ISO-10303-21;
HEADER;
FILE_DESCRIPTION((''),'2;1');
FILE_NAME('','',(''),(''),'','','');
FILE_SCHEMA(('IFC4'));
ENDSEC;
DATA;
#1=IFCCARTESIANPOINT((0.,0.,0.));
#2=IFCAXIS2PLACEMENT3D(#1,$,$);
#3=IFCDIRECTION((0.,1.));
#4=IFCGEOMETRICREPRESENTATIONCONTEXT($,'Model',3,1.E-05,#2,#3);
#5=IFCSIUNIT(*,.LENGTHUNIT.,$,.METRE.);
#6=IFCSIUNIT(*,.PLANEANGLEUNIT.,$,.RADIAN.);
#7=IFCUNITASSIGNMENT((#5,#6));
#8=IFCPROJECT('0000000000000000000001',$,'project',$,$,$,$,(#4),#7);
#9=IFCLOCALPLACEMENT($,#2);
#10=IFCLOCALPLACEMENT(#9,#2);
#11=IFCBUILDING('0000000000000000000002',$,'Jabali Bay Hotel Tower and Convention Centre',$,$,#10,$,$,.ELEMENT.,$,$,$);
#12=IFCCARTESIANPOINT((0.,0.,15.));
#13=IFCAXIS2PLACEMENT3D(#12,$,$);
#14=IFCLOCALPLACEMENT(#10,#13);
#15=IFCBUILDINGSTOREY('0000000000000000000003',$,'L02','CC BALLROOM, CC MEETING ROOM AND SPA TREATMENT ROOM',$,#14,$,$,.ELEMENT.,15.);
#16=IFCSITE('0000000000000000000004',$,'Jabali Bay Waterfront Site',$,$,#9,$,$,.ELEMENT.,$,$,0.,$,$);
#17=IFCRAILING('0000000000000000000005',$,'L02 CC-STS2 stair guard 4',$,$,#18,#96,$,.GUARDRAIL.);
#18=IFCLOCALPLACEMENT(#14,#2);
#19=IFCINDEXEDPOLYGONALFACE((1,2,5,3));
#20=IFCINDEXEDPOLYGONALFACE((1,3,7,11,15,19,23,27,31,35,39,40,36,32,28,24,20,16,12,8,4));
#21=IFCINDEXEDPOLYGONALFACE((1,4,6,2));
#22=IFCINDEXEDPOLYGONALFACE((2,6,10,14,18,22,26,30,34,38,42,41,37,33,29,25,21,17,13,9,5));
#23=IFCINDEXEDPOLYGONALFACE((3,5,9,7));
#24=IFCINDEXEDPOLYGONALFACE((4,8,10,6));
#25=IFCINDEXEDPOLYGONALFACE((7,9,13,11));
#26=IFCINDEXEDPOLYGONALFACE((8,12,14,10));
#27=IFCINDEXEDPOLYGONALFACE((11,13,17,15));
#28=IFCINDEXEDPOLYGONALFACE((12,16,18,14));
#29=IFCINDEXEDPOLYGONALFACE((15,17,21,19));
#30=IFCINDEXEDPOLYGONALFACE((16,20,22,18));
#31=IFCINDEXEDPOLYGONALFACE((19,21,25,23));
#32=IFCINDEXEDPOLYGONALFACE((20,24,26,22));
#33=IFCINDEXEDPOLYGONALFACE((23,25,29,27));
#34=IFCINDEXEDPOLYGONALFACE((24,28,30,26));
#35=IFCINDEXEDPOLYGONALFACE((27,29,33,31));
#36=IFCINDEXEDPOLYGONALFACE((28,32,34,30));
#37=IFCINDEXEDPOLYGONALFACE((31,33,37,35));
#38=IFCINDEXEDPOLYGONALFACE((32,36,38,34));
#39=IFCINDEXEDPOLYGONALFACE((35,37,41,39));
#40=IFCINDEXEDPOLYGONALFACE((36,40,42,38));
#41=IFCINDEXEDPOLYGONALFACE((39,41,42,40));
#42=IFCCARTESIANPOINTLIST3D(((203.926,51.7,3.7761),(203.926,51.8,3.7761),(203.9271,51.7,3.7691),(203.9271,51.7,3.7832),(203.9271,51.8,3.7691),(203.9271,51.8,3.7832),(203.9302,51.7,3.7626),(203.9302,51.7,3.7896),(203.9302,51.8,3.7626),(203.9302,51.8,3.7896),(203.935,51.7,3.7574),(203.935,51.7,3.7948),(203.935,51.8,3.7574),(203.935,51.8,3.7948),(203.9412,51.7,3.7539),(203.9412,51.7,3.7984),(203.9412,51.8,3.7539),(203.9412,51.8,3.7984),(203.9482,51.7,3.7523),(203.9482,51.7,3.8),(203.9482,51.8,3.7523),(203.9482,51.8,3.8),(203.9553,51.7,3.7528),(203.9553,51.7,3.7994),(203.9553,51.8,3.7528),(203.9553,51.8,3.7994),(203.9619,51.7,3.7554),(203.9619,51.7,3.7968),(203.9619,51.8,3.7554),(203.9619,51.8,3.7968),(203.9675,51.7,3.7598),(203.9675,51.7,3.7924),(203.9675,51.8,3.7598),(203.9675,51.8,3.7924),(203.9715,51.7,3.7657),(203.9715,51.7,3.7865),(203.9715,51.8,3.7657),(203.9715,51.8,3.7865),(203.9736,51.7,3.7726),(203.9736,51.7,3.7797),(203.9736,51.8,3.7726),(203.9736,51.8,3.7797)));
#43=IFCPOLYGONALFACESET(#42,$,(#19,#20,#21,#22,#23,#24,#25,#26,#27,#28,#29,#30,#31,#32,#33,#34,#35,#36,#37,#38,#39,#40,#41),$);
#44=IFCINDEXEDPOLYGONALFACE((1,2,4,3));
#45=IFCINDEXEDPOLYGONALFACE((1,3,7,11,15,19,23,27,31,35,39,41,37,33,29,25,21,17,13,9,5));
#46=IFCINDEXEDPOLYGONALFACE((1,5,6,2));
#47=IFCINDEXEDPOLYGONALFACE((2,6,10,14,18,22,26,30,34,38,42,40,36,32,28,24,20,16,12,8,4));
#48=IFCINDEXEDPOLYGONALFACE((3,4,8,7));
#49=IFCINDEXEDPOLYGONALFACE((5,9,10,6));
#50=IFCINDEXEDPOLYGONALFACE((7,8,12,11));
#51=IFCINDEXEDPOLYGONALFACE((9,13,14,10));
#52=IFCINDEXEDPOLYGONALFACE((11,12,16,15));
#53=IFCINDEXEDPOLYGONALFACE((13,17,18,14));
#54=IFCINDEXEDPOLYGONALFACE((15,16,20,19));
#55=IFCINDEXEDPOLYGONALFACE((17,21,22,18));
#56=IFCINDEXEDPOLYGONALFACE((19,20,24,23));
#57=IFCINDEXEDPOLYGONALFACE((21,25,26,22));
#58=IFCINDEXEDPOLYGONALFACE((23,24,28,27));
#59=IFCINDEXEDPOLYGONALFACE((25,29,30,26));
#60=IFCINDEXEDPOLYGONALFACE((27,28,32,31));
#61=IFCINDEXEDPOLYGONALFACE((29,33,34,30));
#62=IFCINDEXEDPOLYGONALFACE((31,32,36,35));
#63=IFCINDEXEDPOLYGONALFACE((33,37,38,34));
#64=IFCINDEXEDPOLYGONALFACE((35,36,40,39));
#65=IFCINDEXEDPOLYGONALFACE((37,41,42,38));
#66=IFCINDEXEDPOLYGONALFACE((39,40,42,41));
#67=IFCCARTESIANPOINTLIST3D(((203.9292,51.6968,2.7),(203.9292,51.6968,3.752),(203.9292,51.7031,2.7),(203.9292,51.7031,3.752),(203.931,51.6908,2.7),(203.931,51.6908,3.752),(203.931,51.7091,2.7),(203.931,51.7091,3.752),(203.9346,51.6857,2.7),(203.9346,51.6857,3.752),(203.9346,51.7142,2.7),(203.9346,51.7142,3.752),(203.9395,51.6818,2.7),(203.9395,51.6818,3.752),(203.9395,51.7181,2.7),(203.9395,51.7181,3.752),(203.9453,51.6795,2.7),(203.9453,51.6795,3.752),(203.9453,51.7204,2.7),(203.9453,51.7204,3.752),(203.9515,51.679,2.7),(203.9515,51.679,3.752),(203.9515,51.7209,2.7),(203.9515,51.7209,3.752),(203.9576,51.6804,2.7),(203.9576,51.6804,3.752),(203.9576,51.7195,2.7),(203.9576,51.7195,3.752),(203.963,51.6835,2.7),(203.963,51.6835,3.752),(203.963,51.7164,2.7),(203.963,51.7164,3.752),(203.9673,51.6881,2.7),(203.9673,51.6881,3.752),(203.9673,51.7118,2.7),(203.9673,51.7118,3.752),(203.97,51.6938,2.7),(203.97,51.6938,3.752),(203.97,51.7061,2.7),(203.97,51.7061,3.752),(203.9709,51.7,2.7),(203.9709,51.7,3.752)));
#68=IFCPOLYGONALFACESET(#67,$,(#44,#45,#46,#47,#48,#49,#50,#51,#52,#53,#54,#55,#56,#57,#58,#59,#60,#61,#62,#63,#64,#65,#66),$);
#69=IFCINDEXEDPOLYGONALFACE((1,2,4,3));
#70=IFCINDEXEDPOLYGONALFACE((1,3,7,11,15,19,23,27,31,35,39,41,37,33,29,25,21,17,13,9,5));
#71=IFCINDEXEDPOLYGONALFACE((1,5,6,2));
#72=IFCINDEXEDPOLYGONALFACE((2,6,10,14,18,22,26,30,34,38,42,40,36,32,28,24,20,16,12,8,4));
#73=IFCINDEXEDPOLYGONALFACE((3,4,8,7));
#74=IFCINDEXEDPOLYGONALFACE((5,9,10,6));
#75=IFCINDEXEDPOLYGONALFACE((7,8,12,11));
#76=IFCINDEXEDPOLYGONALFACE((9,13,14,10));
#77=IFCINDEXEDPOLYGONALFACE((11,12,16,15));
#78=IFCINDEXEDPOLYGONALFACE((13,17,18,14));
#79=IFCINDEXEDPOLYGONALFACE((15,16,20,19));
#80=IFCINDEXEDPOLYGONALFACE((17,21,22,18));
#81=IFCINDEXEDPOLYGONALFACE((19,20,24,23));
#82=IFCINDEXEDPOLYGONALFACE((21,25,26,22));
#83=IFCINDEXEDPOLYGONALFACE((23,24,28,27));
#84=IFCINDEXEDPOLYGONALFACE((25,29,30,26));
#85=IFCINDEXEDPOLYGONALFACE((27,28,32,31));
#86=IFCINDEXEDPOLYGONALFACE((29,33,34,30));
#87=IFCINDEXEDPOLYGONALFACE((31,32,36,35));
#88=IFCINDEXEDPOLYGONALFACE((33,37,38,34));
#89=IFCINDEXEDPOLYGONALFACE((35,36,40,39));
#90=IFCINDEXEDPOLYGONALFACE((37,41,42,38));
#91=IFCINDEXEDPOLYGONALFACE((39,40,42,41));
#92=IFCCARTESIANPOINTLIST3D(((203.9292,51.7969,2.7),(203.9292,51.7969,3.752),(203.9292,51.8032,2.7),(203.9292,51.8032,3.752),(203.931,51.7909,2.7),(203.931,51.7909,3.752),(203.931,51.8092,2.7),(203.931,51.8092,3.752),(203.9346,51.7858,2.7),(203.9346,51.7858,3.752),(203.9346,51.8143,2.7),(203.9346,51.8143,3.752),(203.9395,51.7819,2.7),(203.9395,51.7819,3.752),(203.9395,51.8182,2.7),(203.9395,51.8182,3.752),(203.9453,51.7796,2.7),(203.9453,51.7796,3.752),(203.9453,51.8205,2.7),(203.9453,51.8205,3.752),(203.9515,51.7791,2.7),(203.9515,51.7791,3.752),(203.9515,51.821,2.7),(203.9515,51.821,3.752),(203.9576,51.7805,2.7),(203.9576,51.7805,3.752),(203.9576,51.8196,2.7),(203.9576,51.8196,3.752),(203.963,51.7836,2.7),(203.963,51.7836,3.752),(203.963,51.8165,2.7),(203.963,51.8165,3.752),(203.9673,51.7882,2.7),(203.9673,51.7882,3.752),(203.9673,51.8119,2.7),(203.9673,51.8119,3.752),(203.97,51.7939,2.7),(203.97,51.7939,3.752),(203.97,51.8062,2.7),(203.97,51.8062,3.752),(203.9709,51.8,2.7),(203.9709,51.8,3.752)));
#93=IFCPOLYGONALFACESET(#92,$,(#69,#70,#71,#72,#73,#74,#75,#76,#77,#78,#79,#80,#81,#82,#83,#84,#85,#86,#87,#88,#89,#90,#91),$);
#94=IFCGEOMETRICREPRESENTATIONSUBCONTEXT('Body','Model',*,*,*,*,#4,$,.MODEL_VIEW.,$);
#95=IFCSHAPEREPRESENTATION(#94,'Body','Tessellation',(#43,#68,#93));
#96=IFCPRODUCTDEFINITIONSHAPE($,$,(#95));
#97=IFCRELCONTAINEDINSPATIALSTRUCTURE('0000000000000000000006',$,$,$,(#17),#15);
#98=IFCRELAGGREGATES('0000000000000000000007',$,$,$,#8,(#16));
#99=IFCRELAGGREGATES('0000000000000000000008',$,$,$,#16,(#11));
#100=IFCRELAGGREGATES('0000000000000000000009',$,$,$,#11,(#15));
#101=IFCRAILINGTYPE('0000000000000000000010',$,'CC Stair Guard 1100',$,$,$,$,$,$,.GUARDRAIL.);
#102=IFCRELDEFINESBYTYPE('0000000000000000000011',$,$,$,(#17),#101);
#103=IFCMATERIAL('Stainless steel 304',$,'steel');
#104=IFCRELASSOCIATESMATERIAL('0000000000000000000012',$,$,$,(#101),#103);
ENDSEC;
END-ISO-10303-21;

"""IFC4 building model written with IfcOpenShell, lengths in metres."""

from ifc_helpers import new_model, si_unit, direction, frame, origin, origin_2d, place, context, subcontext, project, spatial, circle, extrude, material, type_object, element, save


model = new_model("IFC4")

# Units and contexts
model_context = context("Model", 3, precision=1e-05, world=origin(), true_north=direction((0.0, 1.0)))
body_context = subcontext(model_context, "Body", "Model", "MODEL_VIEW")
ifc_project = project(units=[si_unit("LENGTHUNIT", "METRE"), si_unit("PLANEANGLEUNIT", "RADIAN")], contexts=[model_context])

# Site, building, storey
site_placement = place(None, origin())
site = spatial("IfcSite", under=ifc_project, at=site_placement, Name="Jabali Bay Waterfront Site", CompositionType="ELEMENT", RefElevation=0.0)
building_placement = place(site_placement, origin())
building = spatial("IfcBuilding", under=site, at=building_placement, Name="Jabali Bay Hotel Tower and Convention Centre", CompositionType="ELEMENT")
storey_placement = place(building_placement, frame((0.0, 0.0, 15.0)))
storey = spatial("IfcBuildingStorey", under=building, at=storey_placement, Name="L02", Description="CC BALLROOM, CC MEETING ROOM AND SPA TREATMENT ROOM", CompositionType="ELEMENT", Elevation=15.0)

# Railing
ifc_material_1 = material(Name="Stainless steel 304", Category="steel")
railing_type_1 = type_object("IfcRailingType", Name="CC Stair Guard 1100", PredefinedType="GUARDRAIL", material=ifc_material_1)
railing_1_placement = place(storey_placement, frame((203.95, 51.7, 2.7)))
element("IfcRailing", 1, at=railing_1_placement, inside=storey, type_object=railing_type_1, Name="L02 CC-STS2 stair guard 4", PredefinedType="GUARDRAIL", context=body_context, shape_type="SweptSolid", body=[
    extrude(circle(Radius=0.0239, at=origin_2d()), frame((0.0, 0.0, 1.0762), z_axis=(0.0, 1.0, 0.0), x_axis=(-1.0, 0.0, 0.0)), (0.0, 0.0, 1.0), 0.1001),
    extrude(circle(Radius=0.021, at=origin_2d()), origin(), (0.0, 0.0, 1.0), 1.052),
    extrude(circle(Radius=0.021, at=origin_2d()), frame((0.0, 0.1001, 0.0)), (0.0, 0.0, 1.0), 1.052),
])

save(model, "model.ifc")
